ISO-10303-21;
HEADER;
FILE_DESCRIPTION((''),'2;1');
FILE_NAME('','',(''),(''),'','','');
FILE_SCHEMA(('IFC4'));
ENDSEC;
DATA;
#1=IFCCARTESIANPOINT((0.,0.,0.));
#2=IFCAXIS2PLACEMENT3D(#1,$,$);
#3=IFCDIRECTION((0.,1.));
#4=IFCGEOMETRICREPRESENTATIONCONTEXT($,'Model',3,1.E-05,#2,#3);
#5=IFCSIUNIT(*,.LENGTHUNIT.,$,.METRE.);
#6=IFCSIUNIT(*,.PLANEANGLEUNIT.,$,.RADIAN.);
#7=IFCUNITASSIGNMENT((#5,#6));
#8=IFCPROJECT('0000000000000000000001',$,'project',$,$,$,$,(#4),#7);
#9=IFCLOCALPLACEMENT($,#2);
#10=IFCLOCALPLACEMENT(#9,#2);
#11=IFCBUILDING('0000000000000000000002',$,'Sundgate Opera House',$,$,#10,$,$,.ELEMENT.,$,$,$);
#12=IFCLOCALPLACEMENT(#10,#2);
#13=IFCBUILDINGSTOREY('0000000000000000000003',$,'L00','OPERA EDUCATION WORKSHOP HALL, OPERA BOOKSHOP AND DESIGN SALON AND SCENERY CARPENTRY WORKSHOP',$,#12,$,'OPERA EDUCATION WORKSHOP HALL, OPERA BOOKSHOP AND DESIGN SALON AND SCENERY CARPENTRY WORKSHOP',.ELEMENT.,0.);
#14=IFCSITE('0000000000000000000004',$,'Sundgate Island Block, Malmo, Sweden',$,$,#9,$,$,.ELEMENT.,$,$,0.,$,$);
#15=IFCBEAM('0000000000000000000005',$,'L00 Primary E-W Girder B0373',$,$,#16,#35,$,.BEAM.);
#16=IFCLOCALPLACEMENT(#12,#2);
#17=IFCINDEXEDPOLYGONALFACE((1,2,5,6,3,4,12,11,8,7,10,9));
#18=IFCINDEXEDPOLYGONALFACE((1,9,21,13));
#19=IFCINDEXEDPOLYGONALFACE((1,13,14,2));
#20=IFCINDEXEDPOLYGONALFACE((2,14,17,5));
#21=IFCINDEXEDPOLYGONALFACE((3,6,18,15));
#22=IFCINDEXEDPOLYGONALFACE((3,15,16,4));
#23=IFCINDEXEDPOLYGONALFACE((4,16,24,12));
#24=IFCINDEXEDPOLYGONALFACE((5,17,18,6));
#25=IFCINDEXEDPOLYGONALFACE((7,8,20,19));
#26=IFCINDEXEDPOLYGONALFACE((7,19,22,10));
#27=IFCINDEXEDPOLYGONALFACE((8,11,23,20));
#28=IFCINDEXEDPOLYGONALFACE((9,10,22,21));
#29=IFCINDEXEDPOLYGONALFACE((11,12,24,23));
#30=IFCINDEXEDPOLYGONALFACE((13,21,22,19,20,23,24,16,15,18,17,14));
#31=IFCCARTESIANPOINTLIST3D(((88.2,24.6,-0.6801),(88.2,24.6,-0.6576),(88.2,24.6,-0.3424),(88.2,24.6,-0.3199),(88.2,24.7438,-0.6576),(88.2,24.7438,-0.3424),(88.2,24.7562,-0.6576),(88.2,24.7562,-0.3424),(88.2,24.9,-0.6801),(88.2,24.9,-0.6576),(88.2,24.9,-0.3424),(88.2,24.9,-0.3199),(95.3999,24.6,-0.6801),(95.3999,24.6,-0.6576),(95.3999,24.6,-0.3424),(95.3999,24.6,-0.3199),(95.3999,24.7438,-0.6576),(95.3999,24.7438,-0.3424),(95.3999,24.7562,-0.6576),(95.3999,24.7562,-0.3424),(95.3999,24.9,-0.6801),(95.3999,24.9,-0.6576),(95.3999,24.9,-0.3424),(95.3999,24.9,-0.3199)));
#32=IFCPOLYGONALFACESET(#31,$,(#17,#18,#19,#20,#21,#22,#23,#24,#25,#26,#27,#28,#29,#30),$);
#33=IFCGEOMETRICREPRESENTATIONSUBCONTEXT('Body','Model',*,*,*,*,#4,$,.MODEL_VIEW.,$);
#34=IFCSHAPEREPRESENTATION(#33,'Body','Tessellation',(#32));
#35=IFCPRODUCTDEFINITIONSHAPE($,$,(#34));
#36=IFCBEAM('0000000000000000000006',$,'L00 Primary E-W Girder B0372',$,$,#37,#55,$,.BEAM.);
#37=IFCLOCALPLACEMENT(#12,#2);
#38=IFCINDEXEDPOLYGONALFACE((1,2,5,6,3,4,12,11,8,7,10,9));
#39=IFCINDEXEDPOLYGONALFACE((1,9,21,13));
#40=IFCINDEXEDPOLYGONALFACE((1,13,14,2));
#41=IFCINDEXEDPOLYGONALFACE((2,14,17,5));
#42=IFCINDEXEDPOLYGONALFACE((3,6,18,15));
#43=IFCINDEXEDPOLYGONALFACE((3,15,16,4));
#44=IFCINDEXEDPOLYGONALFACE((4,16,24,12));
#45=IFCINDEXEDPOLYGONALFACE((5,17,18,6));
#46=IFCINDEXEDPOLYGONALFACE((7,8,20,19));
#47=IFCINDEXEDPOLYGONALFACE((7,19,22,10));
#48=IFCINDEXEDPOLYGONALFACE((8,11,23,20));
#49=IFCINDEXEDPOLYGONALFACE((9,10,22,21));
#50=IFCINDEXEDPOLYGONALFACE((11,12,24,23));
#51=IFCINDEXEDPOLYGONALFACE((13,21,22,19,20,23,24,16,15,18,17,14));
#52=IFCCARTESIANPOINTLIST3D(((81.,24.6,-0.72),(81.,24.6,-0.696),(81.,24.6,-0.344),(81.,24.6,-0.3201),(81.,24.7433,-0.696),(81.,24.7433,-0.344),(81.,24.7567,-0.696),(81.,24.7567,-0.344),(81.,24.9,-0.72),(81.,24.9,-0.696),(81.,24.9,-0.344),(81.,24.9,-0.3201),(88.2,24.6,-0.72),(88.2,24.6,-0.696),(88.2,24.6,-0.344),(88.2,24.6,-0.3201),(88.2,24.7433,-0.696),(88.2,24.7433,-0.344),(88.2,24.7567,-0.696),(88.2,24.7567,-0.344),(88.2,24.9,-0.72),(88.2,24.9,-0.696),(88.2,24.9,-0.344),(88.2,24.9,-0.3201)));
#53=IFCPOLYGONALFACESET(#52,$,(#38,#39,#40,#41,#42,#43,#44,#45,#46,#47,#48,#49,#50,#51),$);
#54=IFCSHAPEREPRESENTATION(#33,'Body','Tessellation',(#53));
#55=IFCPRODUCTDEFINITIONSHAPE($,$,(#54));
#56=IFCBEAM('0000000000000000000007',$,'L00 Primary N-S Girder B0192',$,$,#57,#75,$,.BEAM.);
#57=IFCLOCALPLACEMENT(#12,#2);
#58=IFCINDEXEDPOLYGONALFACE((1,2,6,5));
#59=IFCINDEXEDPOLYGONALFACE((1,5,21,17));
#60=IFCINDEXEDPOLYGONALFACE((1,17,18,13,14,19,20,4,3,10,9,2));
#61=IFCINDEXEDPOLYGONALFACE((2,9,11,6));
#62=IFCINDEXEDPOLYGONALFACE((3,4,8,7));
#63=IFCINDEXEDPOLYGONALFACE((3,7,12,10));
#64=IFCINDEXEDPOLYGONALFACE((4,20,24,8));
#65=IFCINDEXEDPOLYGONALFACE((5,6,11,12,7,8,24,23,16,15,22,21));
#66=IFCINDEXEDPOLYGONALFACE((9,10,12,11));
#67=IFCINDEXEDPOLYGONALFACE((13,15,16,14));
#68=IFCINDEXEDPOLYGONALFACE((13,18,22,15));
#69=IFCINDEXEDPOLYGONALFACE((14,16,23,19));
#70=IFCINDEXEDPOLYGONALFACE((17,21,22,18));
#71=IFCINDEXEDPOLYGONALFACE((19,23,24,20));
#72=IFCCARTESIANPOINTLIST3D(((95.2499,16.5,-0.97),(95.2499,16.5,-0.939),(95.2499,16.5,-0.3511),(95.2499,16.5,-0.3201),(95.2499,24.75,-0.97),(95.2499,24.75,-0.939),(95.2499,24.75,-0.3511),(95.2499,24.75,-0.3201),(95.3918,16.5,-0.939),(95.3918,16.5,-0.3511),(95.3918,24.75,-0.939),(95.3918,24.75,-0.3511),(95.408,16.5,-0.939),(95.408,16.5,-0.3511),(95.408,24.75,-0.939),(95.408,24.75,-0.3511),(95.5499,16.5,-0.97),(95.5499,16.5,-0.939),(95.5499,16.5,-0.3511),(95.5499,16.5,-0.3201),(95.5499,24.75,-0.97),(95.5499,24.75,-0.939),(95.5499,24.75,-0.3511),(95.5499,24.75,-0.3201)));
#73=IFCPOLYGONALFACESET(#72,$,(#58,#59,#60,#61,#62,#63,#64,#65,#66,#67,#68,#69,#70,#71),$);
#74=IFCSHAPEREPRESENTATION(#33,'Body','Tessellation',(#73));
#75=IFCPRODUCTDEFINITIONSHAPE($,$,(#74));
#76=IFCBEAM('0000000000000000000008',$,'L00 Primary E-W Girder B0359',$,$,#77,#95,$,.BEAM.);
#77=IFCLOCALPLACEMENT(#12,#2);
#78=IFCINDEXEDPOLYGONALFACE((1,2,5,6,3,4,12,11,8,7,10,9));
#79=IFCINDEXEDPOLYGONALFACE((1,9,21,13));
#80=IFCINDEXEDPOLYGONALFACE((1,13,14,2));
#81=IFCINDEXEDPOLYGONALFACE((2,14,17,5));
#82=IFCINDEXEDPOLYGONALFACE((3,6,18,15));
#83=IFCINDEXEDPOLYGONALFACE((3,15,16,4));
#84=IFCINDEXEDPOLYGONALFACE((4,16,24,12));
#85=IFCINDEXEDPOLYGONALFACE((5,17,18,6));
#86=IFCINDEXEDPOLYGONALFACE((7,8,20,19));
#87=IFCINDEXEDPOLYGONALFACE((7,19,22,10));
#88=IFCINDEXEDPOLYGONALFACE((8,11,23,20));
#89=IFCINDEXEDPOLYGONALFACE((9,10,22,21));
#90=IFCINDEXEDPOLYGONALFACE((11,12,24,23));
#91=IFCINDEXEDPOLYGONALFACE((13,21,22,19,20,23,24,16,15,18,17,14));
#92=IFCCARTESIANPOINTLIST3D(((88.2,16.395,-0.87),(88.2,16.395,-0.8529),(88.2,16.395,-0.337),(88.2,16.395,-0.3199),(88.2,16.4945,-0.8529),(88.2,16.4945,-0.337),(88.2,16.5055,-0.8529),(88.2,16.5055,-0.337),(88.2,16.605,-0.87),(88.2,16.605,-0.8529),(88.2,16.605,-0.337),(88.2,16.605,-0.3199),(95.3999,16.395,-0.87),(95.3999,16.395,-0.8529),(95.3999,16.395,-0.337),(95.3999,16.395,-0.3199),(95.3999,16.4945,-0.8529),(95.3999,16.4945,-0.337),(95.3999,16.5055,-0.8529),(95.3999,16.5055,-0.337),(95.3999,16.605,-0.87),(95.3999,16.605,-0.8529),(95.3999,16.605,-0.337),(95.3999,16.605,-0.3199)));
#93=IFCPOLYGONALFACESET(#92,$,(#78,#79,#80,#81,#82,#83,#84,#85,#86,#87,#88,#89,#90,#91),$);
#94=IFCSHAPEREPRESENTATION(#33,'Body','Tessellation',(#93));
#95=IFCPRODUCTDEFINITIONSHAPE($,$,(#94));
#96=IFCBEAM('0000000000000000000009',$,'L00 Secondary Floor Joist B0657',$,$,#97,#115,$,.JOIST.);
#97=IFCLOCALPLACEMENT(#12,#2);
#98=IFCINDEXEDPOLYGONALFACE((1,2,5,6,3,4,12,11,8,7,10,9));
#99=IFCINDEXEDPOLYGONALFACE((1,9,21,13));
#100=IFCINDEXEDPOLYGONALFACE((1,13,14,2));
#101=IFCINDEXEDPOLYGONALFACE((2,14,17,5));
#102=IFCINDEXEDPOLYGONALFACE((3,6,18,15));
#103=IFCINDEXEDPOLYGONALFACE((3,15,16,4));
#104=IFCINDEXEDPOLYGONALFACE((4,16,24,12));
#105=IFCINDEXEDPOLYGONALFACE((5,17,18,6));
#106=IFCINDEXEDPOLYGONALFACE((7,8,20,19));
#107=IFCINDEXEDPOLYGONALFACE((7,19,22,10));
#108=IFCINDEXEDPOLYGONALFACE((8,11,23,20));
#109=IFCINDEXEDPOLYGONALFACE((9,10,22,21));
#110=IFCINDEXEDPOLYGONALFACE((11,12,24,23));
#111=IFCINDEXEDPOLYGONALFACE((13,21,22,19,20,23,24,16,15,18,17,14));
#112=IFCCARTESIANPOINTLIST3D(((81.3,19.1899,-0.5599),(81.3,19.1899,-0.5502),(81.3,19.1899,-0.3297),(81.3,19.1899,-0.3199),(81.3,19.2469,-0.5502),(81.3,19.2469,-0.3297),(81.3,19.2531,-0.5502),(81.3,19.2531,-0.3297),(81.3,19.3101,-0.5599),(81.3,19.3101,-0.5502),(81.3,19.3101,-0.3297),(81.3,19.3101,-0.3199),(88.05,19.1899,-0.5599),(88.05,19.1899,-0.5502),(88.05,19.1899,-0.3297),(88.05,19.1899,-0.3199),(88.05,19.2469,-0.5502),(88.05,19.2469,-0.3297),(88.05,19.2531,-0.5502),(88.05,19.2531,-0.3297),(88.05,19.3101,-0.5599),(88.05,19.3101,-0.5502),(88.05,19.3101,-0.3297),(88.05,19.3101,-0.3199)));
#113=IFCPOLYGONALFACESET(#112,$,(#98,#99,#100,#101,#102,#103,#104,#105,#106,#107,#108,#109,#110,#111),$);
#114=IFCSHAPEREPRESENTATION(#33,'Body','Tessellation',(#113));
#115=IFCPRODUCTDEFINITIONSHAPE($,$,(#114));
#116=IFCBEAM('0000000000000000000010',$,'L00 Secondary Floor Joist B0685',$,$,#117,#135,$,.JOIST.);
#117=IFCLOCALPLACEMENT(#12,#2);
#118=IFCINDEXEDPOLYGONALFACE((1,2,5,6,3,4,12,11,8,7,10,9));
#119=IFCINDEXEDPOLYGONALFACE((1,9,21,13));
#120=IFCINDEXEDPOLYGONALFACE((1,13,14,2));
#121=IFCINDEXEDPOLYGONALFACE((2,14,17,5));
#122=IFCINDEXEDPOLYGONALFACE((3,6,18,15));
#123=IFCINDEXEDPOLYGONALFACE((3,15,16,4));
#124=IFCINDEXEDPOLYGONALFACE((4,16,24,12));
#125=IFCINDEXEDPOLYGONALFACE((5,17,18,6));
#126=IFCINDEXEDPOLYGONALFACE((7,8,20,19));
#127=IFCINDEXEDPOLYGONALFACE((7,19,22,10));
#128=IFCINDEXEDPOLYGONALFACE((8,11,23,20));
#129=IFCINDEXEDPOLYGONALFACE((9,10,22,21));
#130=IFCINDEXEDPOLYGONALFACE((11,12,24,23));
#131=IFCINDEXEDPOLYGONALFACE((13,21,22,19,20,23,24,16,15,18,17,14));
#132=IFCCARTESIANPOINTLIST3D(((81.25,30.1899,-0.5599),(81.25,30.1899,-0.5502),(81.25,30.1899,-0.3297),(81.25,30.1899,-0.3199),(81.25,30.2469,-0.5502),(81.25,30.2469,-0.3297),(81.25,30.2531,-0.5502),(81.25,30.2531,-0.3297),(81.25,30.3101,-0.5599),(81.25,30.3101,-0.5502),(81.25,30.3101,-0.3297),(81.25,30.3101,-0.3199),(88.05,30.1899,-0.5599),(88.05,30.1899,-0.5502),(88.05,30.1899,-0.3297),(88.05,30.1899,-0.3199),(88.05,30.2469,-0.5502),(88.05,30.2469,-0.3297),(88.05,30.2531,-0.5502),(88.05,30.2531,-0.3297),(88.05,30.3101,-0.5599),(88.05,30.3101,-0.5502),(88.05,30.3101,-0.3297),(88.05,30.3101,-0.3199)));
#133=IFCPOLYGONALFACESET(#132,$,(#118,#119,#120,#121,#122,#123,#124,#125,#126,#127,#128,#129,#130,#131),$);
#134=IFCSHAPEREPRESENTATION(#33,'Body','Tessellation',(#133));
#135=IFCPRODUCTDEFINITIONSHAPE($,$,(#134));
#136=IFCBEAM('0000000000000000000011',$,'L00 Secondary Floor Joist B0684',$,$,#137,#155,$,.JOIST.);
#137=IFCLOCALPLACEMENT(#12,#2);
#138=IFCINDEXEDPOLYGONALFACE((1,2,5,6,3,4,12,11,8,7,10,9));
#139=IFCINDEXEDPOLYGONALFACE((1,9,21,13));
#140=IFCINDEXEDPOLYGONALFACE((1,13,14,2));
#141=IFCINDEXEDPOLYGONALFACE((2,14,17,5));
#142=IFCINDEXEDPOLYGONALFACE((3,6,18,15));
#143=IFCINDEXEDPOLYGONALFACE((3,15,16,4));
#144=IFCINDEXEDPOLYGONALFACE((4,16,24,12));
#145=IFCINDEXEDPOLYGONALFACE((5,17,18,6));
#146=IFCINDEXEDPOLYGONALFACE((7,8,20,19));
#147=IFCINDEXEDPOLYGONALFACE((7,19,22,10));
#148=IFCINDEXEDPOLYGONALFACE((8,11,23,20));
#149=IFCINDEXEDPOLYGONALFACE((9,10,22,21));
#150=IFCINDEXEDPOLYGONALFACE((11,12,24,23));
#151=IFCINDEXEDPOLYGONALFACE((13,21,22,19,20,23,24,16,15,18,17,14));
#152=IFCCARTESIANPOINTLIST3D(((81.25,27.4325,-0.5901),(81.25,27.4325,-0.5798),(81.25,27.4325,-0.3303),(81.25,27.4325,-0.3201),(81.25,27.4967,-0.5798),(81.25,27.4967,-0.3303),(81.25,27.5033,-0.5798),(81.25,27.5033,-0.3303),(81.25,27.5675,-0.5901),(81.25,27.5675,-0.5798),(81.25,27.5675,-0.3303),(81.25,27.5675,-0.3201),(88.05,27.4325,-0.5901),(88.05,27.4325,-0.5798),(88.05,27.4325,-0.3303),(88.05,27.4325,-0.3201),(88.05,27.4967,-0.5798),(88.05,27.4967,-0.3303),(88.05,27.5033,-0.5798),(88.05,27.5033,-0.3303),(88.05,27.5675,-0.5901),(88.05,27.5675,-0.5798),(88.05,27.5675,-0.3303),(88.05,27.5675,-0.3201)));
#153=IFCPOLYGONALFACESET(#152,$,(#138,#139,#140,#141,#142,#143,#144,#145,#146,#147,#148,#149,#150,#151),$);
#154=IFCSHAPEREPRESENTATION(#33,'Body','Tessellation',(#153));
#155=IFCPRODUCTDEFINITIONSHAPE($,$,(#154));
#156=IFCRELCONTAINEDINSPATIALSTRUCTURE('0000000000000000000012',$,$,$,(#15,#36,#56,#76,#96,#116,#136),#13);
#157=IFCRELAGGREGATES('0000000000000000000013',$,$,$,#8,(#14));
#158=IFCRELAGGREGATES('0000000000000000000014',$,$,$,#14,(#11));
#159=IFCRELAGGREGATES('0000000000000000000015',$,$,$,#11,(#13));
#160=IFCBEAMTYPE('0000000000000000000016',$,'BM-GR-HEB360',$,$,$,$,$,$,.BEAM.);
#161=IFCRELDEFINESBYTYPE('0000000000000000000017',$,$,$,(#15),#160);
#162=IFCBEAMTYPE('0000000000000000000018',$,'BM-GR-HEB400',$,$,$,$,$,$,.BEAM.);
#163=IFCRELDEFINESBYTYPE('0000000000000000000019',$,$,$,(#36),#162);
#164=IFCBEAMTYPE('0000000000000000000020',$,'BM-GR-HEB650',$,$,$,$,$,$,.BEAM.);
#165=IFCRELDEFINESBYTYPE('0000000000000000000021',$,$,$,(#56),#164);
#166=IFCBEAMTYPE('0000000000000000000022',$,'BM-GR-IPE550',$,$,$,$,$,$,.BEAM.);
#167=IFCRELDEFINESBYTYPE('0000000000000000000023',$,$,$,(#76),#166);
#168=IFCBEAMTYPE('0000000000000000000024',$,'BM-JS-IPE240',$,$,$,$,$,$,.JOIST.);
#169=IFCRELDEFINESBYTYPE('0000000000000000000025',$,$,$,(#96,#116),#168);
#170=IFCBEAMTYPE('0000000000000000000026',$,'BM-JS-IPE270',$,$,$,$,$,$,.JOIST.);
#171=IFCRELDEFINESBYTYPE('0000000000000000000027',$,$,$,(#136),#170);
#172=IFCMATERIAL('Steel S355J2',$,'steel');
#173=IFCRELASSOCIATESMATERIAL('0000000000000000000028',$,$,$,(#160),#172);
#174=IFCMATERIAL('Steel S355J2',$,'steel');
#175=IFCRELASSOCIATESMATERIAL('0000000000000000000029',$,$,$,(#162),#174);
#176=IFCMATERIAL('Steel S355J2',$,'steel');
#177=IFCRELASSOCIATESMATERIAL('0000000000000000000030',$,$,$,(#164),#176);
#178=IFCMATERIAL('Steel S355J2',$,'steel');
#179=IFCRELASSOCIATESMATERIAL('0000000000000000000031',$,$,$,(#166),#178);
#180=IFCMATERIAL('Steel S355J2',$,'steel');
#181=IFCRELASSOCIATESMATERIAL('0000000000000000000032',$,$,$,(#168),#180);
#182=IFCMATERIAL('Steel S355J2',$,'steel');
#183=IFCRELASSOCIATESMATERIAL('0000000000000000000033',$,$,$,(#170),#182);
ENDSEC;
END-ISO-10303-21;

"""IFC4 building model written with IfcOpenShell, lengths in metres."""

from ifc_helpers import new_model, si_unit, direction, frame, origin, origin_2d, place, context, subcontext, project, spatial, i_section, extrude, material, material_profile, profile_set, type_object, element, save


model = new_model("IFC4")

# Units and contexts
model_context = context("Model", 3, precision=1e-05, world=origin(), true_north=direction((0.0, 1.0)))
body_context = subcontext(model_context, "Body", "Model", "MODEL_VIEW")
ifc_project = project(units=[si_unit("LENGTHUNIT", "METRE"), si_unit("PLANEANGLEUNIT", "RADIAN")], contexts=[model_context])

# Site, building, storey
site_placement = place(None, origin())
site = spatial("IfcSite", under=ifc_project, at=site_placement, Name="Sundgate Island Block, Malmo, Sweden", CompositionType="ELEMENT", RefElevation=0.0)
building_placement = place(site_placement, origin())
building = spatial("IfcBuilding", under=site, at=building_placement, Name="Sundgate Opera House", CompositionType="ELEMENT")
storey_placement = place(building_placement, origin())
storey = spatial("IfcBuildingStorey", under=building, at=storey_placement, Name="L00", Description="OPERA EDUCATION WORKSHOP HALL, OPERA BOOKSHOP AND DESIGN SALON AND SCENERY CARPENTRY WORKSHOP", LongName="OPERA EDUCATION WORKSHOP HALL, OPERA BOOKSHOP AND DESIGN SALON AND SCENERY CARPENTRY WORKSHOP", CompositionType="ELEMENT", Elevation=0.0)

# Beams
ifc_material_1 = material(Name="Steel S355J2", Category="steel")
ifc_material_profile_1 = material_profile(ifc_material_1, i_section(OverallWidth=0.3, OverallDepth=0.3601, WebThickness=0.0125, FlangeThickness=0.0225, at=origin_2d()), Name="HEB 360")
ifc_profile_set_1 = profile_set([ifc_material_profile_1], Name="Steel S355J2")
beam_type_1 = type_object("IfcBeamType", Name="BM-GR-HEB360", PredefinedType="BEAM", material=ifc_profile_set_1)
beam_1_placement = place(storey_placement, frame((88.2, 24.75, -0.5), z_axis=(1.0, 0.0, 0.0), x_axis=(0.0, 1.0, 0.0)))
element("IfcBeam", 1, at=beam_1_placement, inside=storey, type_object=beam_type_1, Name="L00 Primary E-W Girder B0373", PredefinedType="BEAM", context=body_context, shape_type="SweptSolid", body=[
    extrude(i_section(OverallWidth=0.3, OverallDepth=0.3601, WebThickness=0.0125, FlangeThickness=0.0225, at=origin_2d()), origin(), (0.0, 0.0, 1.0), 7.2),
])
ifc_material_2 = material(Name="Steel S355J2", Category="steel")
ifc_material_profile_2 = material_profile(ifc_material_2, i_section(OverallWidth=0.3, OverallDepth=0.3999, WebThickness=0.0134, FlangeThickness=0.0239, at=origin_2d()), Name="HEB 400")
ifc_profile_set_2 = profile_set([ifc_material_profile_2], Name="Steel S355J2")
beam_type_2 = type_object("IfcBeamType", Name="BM-GR-HEB400", PredefinedType="BEAM", material=ifc_profile_set_2)
beam_2_placement = place(storey_placement, frame((81.0, 24.75, -0.52), z_axis=(1.0, 0.0, 0.0), x_axis=(0.0, 1.0, 0.0)))
element("IfcBeam", 2, at=beam_2_placement, inside=storey, type_object=beam_type_2, Name="L00 Primary E-W Girder B0372", PredefinedType="BEAM", context=body_context, shape_type="SweptSolid", body=[
    extrude(i_section(OverallWidth=0.3, OverallDepth=0.3999, WebThickness=0.0134, FlangeThickness=0.0239, at=origin_2d()), origin(), (0.0, 0.0, 1.0), 7.2),
])
ifc_material_3 = material(Name="Steel S355J2", Category="steel")
ifc_material_profile_3 = material_profile(ifc_material_3, i_section(OverallWidth=0.3, OverallDepth=0.6499, WebThickness=0.0161, FlangeThickness=0.031, at=origin_2d()), Name="HEB 650")
ifc_profile_set_3 = profile_set([ifc_material_profile_3], Name="Steel S355J2")
beam_type_3 = type_object("IfcBeamType", Name="BM-GR-HEB650", PredefinedType="BEAM", material=ifc_profile_set_3)
beam_3_placement = place(storey_placement, frame((95.3999, 16.5, -0.645), z_axis=(0.0, 1.0, 0.0), x_axis=(-1.0, 0.0, 0.0)))
element("IfcBeam", 3, at=beam_3_placement, inside=storey, type_object=beam_type_3, Name="L00 Primary N-S Girder B0192", PredefinedType="BEAM", context=body_context, shape_type="SweptSolid", body=[
    extrude(i_section(OverallWidth=0.3, OverallDepth=0.6499, WebThickness=0.0161, FlangeThickness=0.031, at=origin_2d()), origin(), (0.0, 0.0, 1.0), 8.25),
])
ifc_material_4 = material(Name="Steel S355J2", Category="steel")
ifc_material_profile_4 = material_profile(ifc_material_4, i_section(OverallWidth=0.21, OverallDepth=0.55, WebThickness=0.011, FlangeThickness=0.0171, at=origin_2d()), Name="IPE 550")
ifc_profile_set_4 = profile_set([ifc_material_profile_4], Name="Steel S355J2")
beam_type_4 = type_object("IfcBeamType", Name="BM-GR-IPE550", PredefinedType="BEAM", material=ifc_profile_set_4)
beam_4_placement = place(storey_placement, frame((88.2, 16.5, -0.595), z_axis=(1.0, 0.0, 0.0), x_axis=(0.0, 1.0, 0.0)))
element("IfcBeam", 4, at=beam_4_placement, inside=storey, type_object=beam_type_4, Name="L00 Primary E-W Girder B0359", PredefinedType="BEAM", context=body_context, shape_type="SweptSolid", body=[
    extrude(i_section(OverallWidth=0.21, OverallDepth=0.55, WebThickness=0.011, FlangeThickness=0.0171, at=origin_2d()), origin(), (0.0, 0.0, 1.0), 7.2),
])
ifc_material_5 = material(Name="Steel S355J2", Category="steel")
ifc_material_profile_5 = material_profile(ifc_material_5, i_section(OverallWidth=0.1201, OverallDepth=0.24, WebThickness=0.0061, FlangeThickness=0.0098, at=origin_2d()), Name="IPE 240")
ifc_profile_set_5 = profile_set([ifc_material_profile_5], Name="Steel S355J2")
beam_type_5 = type_object("IfcBeamType", Name="BM-JS-IPE240", PredefinedType="JOIST", material=ifc_profile_set_5)
beam_5_placement = place(storey_placement, frame((81.3, 19.25, -0.4399), z_axis=(1.0, 0.0, 0.0), x_axis=(0.0, 1.0, 0.0)))
element("IfcBeam", 5, at=beam_5_placement, inside=storey, type_object=beam_type_5, Name="L00 Secondary Floor Joist B0657", PredefinedType="JOIST", context=body_context, shape_type="SweptSolid", body=[
    extrude(i_section(OverallWidth=0.1201, OverallDepth=0.24, WebThickness=0.0061, FlangeThickness=0.0098, at=origin_2d()), origin(), (0.0, 0.0, 1.0), 6.75),
])
beam_6_placement = place(storey_placement, frame((81.25, 30.25, -0.4399), z_axis=(1.0, 0.0, 0.0), x_axis=(0.0, 1.0, 0.0)))
element("IfcBeam", 6, at=beam_6_placement, inside=storey, type_object=beam_type_5, Name="L00 Secondary Floor Joist B0685", PredefinedType="JOIST", context=body_context, shape_type="SweptSolid", body=[
    extrude(i_section(OverallWidth=0.1201, OverallDepth=0.24, WebThickness=0.0061, FlangeThickness=0.0098, at=origin_2d()), origin(), (0.0, 0.0, 1.0), 6.8),
])
ifc_material_6 = material(Name="Steel S355J2", Category="steel")
ifc_material_profile_6 = material_profile(ifc_material_6, i_section(OverallWidth=0.135, OverallDepth=0.27, WebThickness=0.0066, FlangeThickness=0.0103, at=origin_2d()), Name="IPE 270")
ifc_profile_set_6 = profile_set([ifc_material_profile_6], Name="Steel S355J2")
beam_type_6 = type_object("IfcBeamType", Name="BM-JS-IPE270", PredefinedType="JOIST", material=ifc_profile_set_6)
beam_7_placement = place(storey_placement, frame((81.25, 27.5, -0.4551), z_axis=(1.0, 0.0, 0.0), x_axis=(0.0, 1.0, 0.0)))
element("IfcBeam", 7, at=beam_7_placement, inside=storey, type_object=beam_type_6, Name="L00 Secondary Floor Joist B0684", PredefinedType="JOIST", context=body_context, shape_type="SweptSolid", body=[
    extrude(i_section(OverallWidth=0.135, OverallDepth=0.27, WebThickness=0.0066, FlangeThickness=0.0103, at=origin_2d()), origin(), (0.0, 0.0, 1.0), 6.8),
])

save(model, "model.ifc")
